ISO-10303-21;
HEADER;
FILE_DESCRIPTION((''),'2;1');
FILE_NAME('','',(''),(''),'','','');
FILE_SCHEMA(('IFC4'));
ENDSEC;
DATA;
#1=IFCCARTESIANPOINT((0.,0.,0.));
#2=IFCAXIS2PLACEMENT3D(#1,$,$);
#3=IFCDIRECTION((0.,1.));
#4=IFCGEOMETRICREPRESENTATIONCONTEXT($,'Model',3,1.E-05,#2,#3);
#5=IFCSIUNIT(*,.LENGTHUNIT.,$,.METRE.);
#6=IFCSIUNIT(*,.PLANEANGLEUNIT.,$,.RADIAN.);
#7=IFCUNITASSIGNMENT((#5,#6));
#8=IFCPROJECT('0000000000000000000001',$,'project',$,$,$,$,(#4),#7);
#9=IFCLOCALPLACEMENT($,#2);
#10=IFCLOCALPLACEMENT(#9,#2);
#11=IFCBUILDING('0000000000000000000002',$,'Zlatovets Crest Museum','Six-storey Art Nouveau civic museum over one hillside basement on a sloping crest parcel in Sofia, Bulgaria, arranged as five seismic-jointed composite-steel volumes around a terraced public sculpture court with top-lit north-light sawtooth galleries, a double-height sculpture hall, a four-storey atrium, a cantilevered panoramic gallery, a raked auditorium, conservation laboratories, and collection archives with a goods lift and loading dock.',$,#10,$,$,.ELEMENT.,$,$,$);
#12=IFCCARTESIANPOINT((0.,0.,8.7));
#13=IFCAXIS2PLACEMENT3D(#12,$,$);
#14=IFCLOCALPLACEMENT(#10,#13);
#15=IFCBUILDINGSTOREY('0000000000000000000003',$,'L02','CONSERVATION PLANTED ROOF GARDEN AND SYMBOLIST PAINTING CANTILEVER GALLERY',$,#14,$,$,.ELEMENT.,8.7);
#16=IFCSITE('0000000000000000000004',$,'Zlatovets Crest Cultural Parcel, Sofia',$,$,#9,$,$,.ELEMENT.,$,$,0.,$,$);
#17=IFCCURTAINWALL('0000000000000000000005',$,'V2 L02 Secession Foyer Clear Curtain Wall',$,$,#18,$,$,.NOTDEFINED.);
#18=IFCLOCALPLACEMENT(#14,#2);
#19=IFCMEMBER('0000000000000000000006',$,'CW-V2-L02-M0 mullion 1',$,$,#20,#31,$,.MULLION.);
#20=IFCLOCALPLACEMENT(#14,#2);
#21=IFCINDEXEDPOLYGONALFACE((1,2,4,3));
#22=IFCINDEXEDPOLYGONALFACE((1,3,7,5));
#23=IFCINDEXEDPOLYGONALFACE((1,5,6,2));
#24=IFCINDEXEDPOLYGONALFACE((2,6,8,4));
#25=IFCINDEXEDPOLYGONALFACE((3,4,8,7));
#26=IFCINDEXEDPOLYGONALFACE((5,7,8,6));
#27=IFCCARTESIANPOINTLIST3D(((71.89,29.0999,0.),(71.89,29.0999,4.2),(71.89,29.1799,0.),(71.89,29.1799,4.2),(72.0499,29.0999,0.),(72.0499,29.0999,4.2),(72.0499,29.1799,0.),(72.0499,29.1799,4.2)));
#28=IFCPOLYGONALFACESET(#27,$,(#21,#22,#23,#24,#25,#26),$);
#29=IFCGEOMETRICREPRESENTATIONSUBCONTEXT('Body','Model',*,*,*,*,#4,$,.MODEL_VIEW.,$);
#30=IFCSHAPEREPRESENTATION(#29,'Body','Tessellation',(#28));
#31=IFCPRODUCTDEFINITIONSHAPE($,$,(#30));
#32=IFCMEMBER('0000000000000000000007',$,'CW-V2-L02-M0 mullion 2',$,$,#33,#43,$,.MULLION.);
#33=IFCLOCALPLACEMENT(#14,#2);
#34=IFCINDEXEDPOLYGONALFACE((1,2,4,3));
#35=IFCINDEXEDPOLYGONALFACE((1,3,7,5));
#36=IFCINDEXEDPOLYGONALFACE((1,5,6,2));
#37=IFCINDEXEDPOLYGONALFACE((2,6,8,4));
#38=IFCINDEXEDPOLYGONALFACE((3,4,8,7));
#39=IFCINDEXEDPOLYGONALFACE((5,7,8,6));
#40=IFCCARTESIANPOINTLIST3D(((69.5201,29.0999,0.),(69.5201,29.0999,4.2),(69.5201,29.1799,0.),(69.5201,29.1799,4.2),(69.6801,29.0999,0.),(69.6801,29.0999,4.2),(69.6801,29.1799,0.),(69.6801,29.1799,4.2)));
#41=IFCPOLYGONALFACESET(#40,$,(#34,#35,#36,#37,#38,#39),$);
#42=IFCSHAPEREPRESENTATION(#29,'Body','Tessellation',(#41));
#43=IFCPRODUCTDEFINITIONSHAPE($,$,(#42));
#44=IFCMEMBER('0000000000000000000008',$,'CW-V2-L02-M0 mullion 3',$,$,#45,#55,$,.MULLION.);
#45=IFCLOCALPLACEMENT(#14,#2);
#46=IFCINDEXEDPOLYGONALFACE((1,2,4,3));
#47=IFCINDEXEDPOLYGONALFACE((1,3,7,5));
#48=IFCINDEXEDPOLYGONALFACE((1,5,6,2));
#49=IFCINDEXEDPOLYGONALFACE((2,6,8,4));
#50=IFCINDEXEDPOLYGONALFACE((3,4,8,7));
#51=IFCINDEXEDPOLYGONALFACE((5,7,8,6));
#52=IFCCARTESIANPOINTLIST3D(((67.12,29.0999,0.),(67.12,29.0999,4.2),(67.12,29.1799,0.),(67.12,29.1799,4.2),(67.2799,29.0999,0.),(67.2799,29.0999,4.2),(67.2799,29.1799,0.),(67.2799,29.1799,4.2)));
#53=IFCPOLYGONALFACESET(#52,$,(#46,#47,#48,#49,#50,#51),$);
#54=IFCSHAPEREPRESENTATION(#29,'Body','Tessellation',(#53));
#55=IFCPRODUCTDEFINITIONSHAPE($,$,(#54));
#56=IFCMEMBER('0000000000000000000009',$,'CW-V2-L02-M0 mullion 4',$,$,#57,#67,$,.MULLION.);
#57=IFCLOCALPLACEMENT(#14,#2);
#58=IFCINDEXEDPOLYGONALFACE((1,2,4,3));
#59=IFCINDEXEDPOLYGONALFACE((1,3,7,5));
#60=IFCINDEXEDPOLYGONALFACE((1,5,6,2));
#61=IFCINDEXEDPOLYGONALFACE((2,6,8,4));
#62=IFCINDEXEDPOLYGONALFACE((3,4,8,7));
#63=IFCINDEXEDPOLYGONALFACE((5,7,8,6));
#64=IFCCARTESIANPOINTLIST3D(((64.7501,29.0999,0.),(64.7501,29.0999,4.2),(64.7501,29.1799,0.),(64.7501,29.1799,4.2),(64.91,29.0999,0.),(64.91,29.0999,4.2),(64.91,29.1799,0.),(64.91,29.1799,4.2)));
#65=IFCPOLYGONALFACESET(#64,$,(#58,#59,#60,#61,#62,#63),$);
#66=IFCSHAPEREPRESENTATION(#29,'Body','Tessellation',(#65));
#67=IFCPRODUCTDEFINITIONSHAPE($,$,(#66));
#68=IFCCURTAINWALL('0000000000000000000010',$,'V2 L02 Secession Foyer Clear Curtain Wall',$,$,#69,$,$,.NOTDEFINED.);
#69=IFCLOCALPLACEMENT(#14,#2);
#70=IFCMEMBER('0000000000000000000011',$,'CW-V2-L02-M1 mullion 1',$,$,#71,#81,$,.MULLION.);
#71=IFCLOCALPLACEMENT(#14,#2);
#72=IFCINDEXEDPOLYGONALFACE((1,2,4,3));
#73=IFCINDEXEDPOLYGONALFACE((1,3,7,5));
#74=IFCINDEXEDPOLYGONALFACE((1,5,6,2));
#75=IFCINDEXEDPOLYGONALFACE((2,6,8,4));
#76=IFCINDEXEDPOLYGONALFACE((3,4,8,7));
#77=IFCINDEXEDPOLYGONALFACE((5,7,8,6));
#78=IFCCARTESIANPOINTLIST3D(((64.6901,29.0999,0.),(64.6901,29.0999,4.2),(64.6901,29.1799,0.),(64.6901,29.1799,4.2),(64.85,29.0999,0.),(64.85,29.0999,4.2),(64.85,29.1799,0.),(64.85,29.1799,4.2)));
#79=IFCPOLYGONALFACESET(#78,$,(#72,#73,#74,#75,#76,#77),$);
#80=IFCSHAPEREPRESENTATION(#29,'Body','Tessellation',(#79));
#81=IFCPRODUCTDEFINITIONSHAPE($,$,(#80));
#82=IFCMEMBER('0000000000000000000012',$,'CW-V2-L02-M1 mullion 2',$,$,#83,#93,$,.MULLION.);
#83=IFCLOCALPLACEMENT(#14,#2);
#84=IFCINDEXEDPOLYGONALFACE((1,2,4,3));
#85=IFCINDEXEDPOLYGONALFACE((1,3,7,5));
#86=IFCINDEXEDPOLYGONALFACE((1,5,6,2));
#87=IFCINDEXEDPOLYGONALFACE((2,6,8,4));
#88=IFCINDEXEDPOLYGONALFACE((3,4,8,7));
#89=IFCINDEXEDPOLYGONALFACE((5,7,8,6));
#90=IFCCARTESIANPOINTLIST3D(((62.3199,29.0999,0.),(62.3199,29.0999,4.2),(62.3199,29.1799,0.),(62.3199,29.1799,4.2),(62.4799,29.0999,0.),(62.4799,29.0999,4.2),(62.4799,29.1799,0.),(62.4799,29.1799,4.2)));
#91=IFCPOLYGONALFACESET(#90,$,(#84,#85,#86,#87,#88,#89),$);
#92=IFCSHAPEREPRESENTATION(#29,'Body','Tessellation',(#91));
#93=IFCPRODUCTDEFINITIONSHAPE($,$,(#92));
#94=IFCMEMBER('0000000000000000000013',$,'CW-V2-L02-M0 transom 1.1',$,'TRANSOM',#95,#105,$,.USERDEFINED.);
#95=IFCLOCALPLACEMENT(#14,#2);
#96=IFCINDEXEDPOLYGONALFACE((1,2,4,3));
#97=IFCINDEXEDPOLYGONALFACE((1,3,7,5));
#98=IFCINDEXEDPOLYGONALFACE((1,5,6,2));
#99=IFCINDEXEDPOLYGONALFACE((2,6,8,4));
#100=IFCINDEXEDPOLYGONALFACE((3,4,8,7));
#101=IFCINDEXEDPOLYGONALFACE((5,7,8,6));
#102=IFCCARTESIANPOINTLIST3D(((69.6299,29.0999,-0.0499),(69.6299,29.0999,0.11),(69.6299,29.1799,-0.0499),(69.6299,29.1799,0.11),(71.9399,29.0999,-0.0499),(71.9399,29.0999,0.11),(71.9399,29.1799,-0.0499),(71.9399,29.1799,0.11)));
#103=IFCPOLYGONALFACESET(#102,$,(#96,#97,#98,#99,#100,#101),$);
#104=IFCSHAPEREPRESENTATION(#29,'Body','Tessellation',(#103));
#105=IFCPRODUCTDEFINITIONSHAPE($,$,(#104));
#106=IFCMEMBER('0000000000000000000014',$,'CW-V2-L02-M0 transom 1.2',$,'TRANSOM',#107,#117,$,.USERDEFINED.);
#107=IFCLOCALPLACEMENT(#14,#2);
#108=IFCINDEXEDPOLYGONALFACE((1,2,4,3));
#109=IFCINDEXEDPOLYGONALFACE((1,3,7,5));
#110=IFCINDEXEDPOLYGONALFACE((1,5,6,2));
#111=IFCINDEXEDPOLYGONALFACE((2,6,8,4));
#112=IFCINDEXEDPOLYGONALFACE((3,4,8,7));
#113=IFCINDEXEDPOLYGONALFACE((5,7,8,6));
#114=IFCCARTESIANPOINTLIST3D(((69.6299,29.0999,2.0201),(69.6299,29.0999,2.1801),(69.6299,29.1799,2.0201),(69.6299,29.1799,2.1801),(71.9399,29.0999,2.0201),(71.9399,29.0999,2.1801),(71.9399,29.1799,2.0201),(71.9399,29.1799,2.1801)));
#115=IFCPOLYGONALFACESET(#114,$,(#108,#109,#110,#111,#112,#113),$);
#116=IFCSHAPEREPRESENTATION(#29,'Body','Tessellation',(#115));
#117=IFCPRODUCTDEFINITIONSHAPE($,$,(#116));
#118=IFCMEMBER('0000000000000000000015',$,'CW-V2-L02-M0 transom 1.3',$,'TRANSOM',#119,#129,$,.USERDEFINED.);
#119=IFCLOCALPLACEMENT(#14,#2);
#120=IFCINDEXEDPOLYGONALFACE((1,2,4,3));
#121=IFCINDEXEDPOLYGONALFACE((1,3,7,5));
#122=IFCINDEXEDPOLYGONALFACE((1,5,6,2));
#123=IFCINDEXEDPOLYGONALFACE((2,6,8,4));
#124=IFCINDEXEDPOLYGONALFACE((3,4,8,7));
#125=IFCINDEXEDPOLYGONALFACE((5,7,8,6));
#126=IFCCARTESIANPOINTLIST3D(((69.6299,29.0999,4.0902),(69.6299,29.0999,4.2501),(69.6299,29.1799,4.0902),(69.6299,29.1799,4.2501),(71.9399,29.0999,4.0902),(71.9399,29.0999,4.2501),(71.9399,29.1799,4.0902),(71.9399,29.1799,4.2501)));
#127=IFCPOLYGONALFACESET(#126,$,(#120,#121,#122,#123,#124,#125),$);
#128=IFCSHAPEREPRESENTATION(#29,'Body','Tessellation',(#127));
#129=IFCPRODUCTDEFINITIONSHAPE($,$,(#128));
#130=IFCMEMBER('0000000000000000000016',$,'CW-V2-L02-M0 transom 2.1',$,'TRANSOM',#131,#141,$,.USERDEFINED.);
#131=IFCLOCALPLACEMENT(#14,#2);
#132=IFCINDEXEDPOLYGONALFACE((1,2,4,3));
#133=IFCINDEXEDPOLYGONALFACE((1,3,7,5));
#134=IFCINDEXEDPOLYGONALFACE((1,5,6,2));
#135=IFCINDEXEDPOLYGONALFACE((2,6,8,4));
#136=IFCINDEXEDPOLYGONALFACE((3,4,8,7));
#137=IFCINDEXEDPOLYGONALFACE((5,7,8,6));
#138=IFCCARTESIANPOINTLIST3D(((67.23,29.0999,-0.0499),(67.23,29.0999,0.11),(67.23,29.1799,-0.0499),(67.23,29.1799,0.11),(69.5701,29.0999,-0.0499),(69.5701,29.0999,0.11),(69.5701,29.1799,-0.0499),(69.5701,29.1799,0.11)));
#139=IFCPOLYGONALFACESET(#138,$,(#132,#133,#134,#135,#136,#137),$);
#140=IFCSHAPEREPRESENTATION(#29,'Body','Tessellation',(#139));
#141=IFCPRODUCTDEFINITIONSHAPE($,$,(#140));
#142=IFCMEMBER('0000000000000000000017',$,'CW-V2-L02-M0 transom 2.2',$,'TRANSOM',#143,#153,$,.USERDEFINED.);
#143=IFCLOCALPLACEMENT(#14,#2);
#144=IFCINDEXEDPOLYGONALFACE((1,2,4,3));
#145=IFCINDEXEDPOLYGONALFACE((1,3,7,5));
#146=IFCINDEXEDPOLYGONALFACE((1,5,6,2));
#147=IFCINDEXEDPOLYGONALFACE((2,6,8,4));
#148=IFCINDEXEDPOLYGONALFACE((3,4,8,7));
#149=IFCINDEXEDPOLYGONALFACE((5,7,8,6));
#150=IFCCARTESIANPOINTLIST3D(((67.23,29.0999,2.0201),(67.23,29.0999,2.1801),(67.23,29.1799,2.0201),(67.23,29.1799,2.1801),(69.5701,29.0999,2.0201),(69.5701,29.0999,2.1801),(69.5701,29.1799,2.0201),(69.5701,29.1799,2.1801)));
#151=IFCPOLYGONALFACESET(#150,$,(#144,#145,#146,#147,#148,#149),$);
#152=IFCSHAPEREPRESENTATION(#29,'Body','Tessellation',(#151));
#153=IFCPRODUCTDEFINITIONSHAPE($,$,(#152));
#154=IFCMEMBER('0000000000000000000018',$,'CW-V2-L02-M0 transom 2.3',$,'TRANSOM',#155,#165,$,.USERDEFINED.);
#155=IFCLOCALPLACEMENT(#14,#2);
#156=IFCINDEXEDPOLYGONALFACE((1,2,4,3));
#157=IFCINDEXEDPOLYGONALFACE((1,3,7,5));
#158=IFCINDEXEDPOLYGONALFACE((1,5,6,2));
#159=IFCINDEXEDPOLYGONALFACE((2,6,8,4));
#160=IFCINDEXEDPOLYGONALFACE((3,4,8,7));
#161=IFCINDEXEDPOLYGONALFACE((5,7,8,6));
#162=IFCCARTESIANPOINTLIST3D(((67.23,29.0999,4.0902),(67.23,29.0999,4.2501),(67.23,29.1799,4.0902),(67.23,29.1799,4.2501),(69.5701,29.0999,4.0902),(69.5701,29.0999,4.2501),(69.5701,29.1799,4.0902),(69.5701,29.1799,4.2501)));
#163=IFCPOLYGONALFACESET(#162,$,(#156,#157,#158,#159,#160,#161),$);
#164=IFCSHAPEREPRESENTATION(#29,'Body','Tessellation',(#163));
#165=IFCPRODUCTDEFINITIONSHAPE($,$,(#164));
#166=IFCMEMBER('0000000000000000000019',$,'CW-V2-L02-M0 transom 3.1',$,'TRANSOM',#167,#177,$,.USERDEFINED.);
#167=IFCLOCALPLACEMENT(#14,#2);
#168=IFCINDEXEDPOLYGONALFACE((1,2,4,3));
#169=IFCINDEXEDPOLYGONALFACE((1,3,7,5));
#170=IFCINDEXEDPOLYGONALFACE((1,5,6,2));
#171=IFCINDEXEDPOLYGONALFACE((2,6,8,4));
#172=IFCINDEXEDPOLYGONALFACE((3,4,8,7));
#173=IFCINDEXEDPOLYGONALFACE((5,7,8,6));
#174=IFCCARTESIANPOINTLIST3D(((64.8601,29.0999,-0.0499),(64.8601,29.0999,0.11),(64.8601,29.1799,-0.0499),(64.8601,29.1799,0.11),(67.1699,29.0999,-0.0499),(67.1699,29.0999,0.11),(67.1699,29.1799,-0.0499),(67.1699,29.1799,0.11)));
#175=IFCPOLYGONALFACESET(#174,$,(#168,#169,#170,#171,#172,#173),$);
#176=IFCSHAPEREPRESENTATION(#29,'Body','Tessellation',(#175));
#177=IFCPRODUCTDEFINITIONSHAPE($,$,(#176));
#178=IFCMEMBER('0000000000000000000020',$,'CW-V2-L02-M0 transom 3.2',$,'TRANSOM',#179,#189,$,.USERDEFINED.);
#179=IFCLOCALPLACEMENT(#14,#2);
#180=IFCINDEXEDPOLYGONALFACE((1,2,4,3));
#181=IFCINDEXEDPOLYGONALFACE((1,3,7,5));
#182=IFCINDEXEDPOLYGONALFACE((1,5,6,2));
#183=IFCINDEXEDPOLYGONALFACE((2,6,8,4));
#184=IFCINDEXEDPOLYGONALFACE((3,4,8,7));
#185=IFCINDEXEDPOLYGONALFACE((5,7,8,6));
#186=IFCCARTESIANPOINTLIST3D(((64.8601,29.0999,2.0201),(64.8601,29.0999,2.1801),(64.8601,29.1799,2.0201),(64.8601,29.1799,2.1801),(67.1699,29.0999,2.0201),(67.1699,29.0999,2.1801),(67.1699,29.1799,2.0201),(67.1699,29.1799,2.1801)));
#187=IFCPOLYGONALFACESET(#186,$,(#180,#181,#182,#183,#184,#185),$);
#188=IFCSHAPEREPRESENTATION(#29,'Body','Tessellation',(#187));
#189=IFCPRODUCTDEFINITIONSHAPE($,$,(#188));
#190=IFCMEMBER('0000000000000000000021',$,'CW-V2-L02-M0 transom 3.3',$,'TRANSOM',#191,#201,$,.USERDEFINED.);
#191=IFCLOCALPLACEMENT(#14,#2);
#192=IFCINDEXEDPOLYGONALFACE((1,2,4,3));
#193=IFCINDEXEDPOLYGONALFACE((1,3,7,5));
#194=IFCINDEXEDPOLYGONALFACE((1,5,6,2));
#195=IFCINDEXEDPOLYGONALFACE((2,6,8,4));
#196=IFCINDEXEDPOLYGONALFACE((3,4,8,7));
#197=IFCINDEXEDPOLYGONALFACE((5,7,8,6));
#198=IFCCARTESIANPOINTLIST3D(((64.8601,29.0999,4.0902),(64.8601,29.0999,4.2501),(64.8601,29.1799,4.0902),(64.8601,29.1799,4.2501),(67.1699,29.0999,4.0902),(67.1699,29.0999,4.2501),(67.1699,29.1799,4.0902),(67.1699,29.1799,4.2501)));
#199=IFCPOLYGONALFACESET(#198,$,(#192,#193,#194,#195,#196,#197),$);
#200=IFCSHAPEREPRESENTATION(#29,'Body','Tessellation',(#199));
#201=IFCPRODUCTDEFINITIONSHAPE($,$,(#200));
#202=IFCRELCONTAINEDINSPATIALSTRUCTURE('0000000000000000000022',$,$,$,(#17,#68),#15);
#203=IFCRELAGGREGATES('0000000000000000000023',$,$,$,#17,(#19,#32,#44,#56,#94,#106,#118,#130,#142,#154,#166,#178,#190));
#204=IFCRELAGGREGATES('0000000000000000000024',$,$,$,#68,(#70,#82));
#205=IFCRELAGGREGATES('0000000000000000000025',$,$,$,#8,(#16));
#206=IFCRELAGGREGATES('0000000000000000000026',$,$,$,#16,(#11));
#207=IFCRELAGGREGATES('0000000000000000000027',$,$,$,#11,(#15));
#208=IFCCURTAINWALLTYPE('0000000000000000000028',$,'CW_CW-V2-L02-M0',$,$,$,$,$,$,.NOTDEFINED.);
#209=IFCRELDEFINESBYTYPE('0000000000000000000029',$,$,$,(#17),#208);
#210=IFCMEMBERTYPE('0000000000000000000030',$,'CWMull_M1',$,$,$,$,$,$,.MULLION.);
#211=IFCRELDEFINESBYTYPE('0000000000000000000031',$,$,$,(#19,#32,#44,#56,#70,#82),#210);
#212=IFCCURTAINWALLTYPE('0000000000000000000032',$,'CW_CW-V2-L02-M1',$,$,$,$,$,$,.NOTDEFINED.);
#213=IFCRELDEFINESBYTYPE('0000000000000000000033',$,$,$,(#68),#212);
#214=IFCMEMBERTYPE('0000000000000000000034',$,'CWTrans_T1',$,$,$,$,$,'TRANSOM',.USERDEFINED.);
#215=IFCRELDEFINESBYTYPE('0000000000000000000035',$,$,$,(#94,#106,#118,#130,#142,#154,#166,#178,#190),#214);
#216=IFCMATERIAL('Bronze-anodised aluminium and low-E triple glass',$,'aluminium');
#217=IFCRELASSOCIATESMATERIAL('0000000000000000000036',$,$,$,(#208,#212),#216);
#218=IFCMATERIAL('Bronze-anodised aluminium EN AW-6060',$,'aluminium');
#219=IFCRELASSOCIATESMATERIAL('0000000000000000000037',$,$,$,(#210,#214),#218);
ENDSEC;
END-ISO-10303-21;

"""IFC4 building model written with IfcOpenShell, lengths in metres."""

from ifc_helpers import new_model, si_unit, direction, frame, origin, origin_2d, place, context, subcontext, project, spatial, rectangle, extrude, material, material_profile, profile_set, type_object, element, aggregate, save


model = new_model("IFC4")

# Units and contexts
model_context = context("Model", 3, precision=1e-05, world=origin(), true_north=direction((0.0, 1.0)))
body_context = subcontext(model_context, "Body", "Model", "MODEL_VIEW")
ifc_project = project(units=[si_unit("LENGTHUNIT", "METRE"), si_unit("PLANEANGLEUNIT", "RADIAN")], contexts=[model_context])

# Site, building, storey
site_placement = place(None, origin())
site = spatial("IfcSite", under=ifc_project, at=site_placement, Name="Zlatovets Crest Cultural Parcel, Sofia", CompositionType="ELEMENT", RefElevation=0.0)
building_placement = place(site_placement, origin())
building = spatial("IfcBuilding", under=site, at=building_placement, Name="Zlatovets Crest Museum", Description="Six-storey Art Nouveau civic museum over one hillside basement on a sloping crest parcel in Sofia, Bulgaria, arranged as five seismic-jointed composite-steel volumes around a terraced public sculpture court with top-lit north-light sawtooth galleries, a double-height sculpture hall, a four-storey atrium, a cantilevered panoramic gallery, a raked auditorium, conservation laboratories, and collection archives with a goods lift and loading dock.", CompositionType="ELEMENT")
storey_placement = place(building_placement, frame((0.0, 0.0, 8.7)))
storey = spatial("IfcBuildingStorey", under=building, at=storey_placement, Name="L02", Description="CONSERVATION PLANTED ROOF GARDEN AND SYMBOLIST PAINTING CANTILEVER GALLERY", CompositionType="ELEMENT", Elevation=8.7)

# Curtain walls, members
ifc_material_1 = material(Name="Bronze-anodised aluminium and low-E triple glass", Category="aluminium")
curtain_wall_type_1 = type_object("IfcCurtainWallType", Name="CW_CW-V2-L02-M0", PredefinedType="NOTDEFINED", material=ifc_material_1)
curtain_wall_1_placement = place(storey_placement, origin())
curtain_wall_1 = element("IfcCurtainWall", 1, at=curtain_wall_1_placement, inside=storey, type_object=curtain_wall_type_1, Name="V2 L02 Secession Foyer Clear Curtain Wall", PredefinedType="NOTDEFINED")
ifc_material_2 = material(Name="Bronze-anodised aluminium EN AW-6060", Category="aluminium")
ifc_material_profile_1 = material_profile(ifc_material_2, rectangle(XDim=0.0801, YDim=0.1599, at=origin_2d()), Name="ALU 80x160")
ifc_profile_set_1 = profile_set([ifc_material_profile_1], Name="Bronze-anodised aluminium EN AW-6060")
member_type_1 = type_object("IfcMemberType", Name="CWMull_M1", PredefinedType="MULLION", material=ifc_profile_set_1)
member_1_placement = place(storey_placement, frame((71.97, 29.1399, 0.0), z_axis=(0.0, 0.0, 1.0), x_axis=(0.0, -1.0, 0.0)))
member_1 = element("IfcMember", 2, at=member_1_placement, type_object=member_type_1, Name="CW-V2-L02-M0 mullion 1", PredefinedType="MULLION", context=body_context, shape_type="SweptSolid", body=[
    extrude(rectangle(XDim=0.0801, YDim=0.1599, at=origin_2d()), origin(), (0.0, 0.0, 1.0), 4.2),
])
member_2_placement = place(storey_placement, frame((69.6001, 29.1399, 0.0), z_axis=(0.0, 0.0, 1.0), x_axis=(0.0, -1.0, 0.0)))
member_2 = element("IfcMember", 3, at=member_2_placement, type_object=member_type_1, Name="CW-V2-L02-M0 mullion 2", PredefinedType="MULLION", context=body_context, shape_type="SweptSolid", body=[
    extrude(rectangle(XDim=0.0801, YDim=0.1599, at=origin_2d()), origin(), (0.0, 0.0, 1.0), 4.2),
])
member_3_placement = place(storey_placement, frame((67.2, 29.1399, 0.0), z_axis=(0.0, 0.0, 1.0), x_axis=(0.0, -1.0, 0.0)))
member_3 = element("IfcMember", 4, at=member_3_placement, type_object=member_type_1, Name="CW-V2-L02-M0 mullion 3", PredefinedType="MULLION", context=body_context, shape_type="SweptSolid", body=[
    extrude(rectangle(XDim=0.0801, YDim=0.1599, at=origin_2d()), origin(), (0.0, 0.0, 1.0), 4.2),
])
member_4_placement = place(storey_placement, frame((64.8301, 29.1399, 0.0), z_axis=(0.0, 0.0, 1.0), x_axis=(0.0, -1.0, 0.0)))
member_4 = element("IfcMember", 5, at=member_4_placement, type_object=member_type_1, Name="CW-V2-L02-M0 mullion 4", PredefinedType="MULLION", context=body_context, shape_type="SweptSolid", body=[
    extrude(rectangle(XDim=0.0801, YDim=0.1599, at=origin_2d()), origin(), (0.0, 0.0, 1.0), 4.2),
])
curtain_wall_type_2 = type_object("IfcCurtainWallType", Name="CW_CW-V2-L02-M1", PredefinedType="NOTDEFINED", material=ifc_material_1)
curtain_wall_2_placement = place(storey_placement, origin())
curtain_wall_2 = element("IfcCurtainWall", 6, at=curtain_wall_2_placement, inside=storey, type_object=curtain_wall_type_2, Name="V2 L02 Secession Foyer Clear Curtain Wall", PredefinedType="NOTDEFINED")
member_5_placement = place(storey_placement, frame((64.77, 29.1399, 0.0), z_axis=(0.0, 0.0, 1.0), x_axis=(0.0, -1.0, 0.0)))
member_5 = element("IfcMember", 7, at=member_5_placement, type_object=member_type_1, Name="CW-V2-L02-M1 mullion 1", PredefinedType="MULLION", context=body_context, shape_type="SweptSolid", body=[
    extrude(rectangle(XDim=0.0801, YDim=0.1599, at=origin_2d()), origin(), (0.0, 0.0, 1.0), 4.2),
])
member_6_placement = place(storey_placement, frame((62.3999, 29.1399, 0.0), z_axis=(0.0, 0.0, 1.0), x_axis=(0.0, -1.0, 0.0)))
member_6 = element("IfcMember", 8, at=member_6_placement, type_object=member_type_1, Name="CW-V2-L02-M1 mullion 2", PredefinedType="MULLION", context=body_context, shape_type="SweptSolid", body=[
    extrude(rectangle(XDim=0.0801, YDim=0.1599, at=origin_2d()), origin(), (0.0, 0.0, 1.0), 4.2),
])

# Members
ifc_material_profile_2 = material_profile(ifc_material_2, rectangle(XDim=0.0801, YDim=0.1599, at=origin_2d()), Name="ALU 80x160")
ifc_profile_set_2 = profile_set([ifc_material_profile_2], Name="Bronze-anodised aluminium EN AW-6060")
member_type_2 = type_object("IfcMemberType", Name="CWTrans_T1", ElementType="TRANSOM", PredefinedType="USERDEFINED", material=ifc_profile_set_2)
member_7_placement = place(storey_placement, frame((71.9399, 29.1399, 0.03), z_axis=(-1.0, 0.0, 0.0), x_axis=(0.0, -1.0, 0.0)))
member_7 = element("IfcMember", 9, at=member_7_placement, type_object=member_type_2, Name="CW-V2-L02-M0 transom 1.1", ObjectType="TRANSOM", PredefinedType="USERDEFINED", context=body_context, shape_type="SweptSolid", body=[
    extrude(rectangle(XDim=0.0801, YDim=0.1599, at=origin_2d()), origin(), (0.0, 0.0, 1.0), 2.3101),
])
member_8_placement = place(storey_placement, frame((71.9399, 29.1399, 2.1001), z_axis=(-1.0, 0.0, 0.0), x_axis=(0.0, -1.0, 0.0)))
member_8 = element("IfcMember", 10, at=member_8_placement, type_object=member_type_2, Name="CW-V2-L02-M0 transom 1.2", ObjectType="TRANSOM", PredefinedType="USERDEFINED", context=body_context, shape_type="SweptSolid", body=[
    extrude(rectangle(XDim=0.0801, YDim=0.1599, at=origin_2d()), origin(), (0.0, 0.0, 1.0), 2.3101),
])
member_9_placement = place(storey_placement, frame((71.9399, 29.1399, 4.1702), z_axis=(-1.0, 0.0, 0.0), x_axis=(0.0, -1.0, 0.0)))
member_9 = element("IfcMember", 11, at=member_9_placement, type_object=member_type_2, Name="CW-V2-L02-M0 transom 1.3", ObjectType="TRANSOM", PredefinedType="USERDEFINED", context=body_context, shape_type="SweptSolid", body=[
    extrude(rectangle(XDim=0.0801, YDim=0.1599, at=origin_2d()), origin(), (0.0, 0.0, 1.0), 2.3101),
])
member_10_placement = place(storey_placement, frame((69.5701, 29.1399, 0.03), z_axis=(-1.0, 0.0, 0.0), x_axis=(0.0, -1.0, 0.0)))
member_10 = element("IfcMember", 12, at=member_10_placement, type_object=member_type_2, Name="CW-V2-L02-M0 transom 2.1", ObjectType="TRANSOM", PredefinedType="USERDEFINED", context=body_context, shape_type="SweptSolid", body=[
    extrude(rectangle(XDim=0.0801, YDim=0.1599, at=origin_2d()), origin(), (0.0, 0.0, 1.0), 2.3401),
])
member_11_placement = place(storey_placement, frame((69.5701, 29.1399, 2.1001), z_axis=(-1.0, 0.0, 0.0), x_axis=(0.0, -1.0, 0.0)))
member_11 = element("IfcMember", 13, at=member_11_placement, type_object=member_type_2, Name="CW-V2-L02-M0 transom 2.2", ObjectType="TRANSOM", PredefinedType="USERDEFINED", context=body_context, shape_type="SweptSolid", body=[
    extrude(rectangle(XDim=0.0801, YDim=0.1599, at=origin_2d()), origin(), (0.0, 0.0, 1.0), 2.3401),
])
member_12_placement = place(storey_placement, frame((69.5701, 29.1399, 4.1702), z_axis=(-1.0, 0.0, 0.0), x_axis=(0.0, -1.0, 0.0)))
member_12 = element("IfcMember", 14, at=member_12_placement, type_object=member_type_2, Name="CW-V2-L02-M0 transom 2.3", ObjectType="TRANSOM", PredefinedType="USERDEFINED", context=body_context, shape_type="SweptSolid", body=[
    extrude(rectangle(XDim=0.0801, YDim=0.1599, at=origin_2d()), origin(), (0.0, 0.0, 1.0), 2.3401),
])
member_13_placement = place(storey_placement, frame((67.1699, 29.1399, 0.03), z_axis=(-1.0, 0.0, 0.0), x_axis=(0.0, -1.0, 0.0)))
member_13 = element("IfcMember", 15, at=member_13_placement, type_object=member_type_2, Name="CW-V2-L02-M0 transom 3.1", ObjectType="TRANSOM", PredefinedType="USERDEFINED", context=body_context, shape_type="SweptSolid", body=[
    extrude(rectangle(XDim=0.0801, YDim=0.1599, at=origin_2d()), origin(), (0.0, 0.0, 1.0), 2.3098),
])
member_14_placement = place(storey_placement, frame((67.1699, 29.1399, 2.1001), z_axis=(-1.0, 0.0, 0.0), x_axis=(0.0, -1.0, 0.0)))
member_14 = element("IfcMember", 16, at=member_14_placement, type_object=member_type_2, Name="CW-V2-L02-M0 transom 3.2", ObjectType="TRANSOM", PredefinedType="USERDEFINED", context=body_context, shape_type="SweptSolid", body=[
    extrude(rectangle(XDim=0.0801, YDim=0.1599, at=origin_2d()), origin(), (0.0, 0.0, 1.0), 2.3098),
])
member_15_placement = place(storey_placement, frame((67.1699, 29.1399, 4.1702), z_axis=(-1.0, 0.0, 0.0), x_axis=(0.0, -1.0, 0.0)))
member_15 = element("IfcMember", 17, at=member_15_placement, type_object=member_type_2, Name="CW-V2-L02-M0 transom 3.3", ObjectType="TRANSOM", PredefinedType="USERDEFINED", context=body_context, shape_type="SweptSolid", body=[
    extrude(rectangle(XDim=0.0801, YDim=0.1599, at=origin_2d()), origin(), (0.0, 0.0, 1.0), 2.3098),
])

aggregate(curtain_wall_1, [member_1, member_2, member_3, member_4, member_7, member_8, member_9, member_10, member_11, member_12, member_13, member_14, member_15])
aggregate(curtain_wall_2, [member_5, member_6])

save(model, "model.ifc")
